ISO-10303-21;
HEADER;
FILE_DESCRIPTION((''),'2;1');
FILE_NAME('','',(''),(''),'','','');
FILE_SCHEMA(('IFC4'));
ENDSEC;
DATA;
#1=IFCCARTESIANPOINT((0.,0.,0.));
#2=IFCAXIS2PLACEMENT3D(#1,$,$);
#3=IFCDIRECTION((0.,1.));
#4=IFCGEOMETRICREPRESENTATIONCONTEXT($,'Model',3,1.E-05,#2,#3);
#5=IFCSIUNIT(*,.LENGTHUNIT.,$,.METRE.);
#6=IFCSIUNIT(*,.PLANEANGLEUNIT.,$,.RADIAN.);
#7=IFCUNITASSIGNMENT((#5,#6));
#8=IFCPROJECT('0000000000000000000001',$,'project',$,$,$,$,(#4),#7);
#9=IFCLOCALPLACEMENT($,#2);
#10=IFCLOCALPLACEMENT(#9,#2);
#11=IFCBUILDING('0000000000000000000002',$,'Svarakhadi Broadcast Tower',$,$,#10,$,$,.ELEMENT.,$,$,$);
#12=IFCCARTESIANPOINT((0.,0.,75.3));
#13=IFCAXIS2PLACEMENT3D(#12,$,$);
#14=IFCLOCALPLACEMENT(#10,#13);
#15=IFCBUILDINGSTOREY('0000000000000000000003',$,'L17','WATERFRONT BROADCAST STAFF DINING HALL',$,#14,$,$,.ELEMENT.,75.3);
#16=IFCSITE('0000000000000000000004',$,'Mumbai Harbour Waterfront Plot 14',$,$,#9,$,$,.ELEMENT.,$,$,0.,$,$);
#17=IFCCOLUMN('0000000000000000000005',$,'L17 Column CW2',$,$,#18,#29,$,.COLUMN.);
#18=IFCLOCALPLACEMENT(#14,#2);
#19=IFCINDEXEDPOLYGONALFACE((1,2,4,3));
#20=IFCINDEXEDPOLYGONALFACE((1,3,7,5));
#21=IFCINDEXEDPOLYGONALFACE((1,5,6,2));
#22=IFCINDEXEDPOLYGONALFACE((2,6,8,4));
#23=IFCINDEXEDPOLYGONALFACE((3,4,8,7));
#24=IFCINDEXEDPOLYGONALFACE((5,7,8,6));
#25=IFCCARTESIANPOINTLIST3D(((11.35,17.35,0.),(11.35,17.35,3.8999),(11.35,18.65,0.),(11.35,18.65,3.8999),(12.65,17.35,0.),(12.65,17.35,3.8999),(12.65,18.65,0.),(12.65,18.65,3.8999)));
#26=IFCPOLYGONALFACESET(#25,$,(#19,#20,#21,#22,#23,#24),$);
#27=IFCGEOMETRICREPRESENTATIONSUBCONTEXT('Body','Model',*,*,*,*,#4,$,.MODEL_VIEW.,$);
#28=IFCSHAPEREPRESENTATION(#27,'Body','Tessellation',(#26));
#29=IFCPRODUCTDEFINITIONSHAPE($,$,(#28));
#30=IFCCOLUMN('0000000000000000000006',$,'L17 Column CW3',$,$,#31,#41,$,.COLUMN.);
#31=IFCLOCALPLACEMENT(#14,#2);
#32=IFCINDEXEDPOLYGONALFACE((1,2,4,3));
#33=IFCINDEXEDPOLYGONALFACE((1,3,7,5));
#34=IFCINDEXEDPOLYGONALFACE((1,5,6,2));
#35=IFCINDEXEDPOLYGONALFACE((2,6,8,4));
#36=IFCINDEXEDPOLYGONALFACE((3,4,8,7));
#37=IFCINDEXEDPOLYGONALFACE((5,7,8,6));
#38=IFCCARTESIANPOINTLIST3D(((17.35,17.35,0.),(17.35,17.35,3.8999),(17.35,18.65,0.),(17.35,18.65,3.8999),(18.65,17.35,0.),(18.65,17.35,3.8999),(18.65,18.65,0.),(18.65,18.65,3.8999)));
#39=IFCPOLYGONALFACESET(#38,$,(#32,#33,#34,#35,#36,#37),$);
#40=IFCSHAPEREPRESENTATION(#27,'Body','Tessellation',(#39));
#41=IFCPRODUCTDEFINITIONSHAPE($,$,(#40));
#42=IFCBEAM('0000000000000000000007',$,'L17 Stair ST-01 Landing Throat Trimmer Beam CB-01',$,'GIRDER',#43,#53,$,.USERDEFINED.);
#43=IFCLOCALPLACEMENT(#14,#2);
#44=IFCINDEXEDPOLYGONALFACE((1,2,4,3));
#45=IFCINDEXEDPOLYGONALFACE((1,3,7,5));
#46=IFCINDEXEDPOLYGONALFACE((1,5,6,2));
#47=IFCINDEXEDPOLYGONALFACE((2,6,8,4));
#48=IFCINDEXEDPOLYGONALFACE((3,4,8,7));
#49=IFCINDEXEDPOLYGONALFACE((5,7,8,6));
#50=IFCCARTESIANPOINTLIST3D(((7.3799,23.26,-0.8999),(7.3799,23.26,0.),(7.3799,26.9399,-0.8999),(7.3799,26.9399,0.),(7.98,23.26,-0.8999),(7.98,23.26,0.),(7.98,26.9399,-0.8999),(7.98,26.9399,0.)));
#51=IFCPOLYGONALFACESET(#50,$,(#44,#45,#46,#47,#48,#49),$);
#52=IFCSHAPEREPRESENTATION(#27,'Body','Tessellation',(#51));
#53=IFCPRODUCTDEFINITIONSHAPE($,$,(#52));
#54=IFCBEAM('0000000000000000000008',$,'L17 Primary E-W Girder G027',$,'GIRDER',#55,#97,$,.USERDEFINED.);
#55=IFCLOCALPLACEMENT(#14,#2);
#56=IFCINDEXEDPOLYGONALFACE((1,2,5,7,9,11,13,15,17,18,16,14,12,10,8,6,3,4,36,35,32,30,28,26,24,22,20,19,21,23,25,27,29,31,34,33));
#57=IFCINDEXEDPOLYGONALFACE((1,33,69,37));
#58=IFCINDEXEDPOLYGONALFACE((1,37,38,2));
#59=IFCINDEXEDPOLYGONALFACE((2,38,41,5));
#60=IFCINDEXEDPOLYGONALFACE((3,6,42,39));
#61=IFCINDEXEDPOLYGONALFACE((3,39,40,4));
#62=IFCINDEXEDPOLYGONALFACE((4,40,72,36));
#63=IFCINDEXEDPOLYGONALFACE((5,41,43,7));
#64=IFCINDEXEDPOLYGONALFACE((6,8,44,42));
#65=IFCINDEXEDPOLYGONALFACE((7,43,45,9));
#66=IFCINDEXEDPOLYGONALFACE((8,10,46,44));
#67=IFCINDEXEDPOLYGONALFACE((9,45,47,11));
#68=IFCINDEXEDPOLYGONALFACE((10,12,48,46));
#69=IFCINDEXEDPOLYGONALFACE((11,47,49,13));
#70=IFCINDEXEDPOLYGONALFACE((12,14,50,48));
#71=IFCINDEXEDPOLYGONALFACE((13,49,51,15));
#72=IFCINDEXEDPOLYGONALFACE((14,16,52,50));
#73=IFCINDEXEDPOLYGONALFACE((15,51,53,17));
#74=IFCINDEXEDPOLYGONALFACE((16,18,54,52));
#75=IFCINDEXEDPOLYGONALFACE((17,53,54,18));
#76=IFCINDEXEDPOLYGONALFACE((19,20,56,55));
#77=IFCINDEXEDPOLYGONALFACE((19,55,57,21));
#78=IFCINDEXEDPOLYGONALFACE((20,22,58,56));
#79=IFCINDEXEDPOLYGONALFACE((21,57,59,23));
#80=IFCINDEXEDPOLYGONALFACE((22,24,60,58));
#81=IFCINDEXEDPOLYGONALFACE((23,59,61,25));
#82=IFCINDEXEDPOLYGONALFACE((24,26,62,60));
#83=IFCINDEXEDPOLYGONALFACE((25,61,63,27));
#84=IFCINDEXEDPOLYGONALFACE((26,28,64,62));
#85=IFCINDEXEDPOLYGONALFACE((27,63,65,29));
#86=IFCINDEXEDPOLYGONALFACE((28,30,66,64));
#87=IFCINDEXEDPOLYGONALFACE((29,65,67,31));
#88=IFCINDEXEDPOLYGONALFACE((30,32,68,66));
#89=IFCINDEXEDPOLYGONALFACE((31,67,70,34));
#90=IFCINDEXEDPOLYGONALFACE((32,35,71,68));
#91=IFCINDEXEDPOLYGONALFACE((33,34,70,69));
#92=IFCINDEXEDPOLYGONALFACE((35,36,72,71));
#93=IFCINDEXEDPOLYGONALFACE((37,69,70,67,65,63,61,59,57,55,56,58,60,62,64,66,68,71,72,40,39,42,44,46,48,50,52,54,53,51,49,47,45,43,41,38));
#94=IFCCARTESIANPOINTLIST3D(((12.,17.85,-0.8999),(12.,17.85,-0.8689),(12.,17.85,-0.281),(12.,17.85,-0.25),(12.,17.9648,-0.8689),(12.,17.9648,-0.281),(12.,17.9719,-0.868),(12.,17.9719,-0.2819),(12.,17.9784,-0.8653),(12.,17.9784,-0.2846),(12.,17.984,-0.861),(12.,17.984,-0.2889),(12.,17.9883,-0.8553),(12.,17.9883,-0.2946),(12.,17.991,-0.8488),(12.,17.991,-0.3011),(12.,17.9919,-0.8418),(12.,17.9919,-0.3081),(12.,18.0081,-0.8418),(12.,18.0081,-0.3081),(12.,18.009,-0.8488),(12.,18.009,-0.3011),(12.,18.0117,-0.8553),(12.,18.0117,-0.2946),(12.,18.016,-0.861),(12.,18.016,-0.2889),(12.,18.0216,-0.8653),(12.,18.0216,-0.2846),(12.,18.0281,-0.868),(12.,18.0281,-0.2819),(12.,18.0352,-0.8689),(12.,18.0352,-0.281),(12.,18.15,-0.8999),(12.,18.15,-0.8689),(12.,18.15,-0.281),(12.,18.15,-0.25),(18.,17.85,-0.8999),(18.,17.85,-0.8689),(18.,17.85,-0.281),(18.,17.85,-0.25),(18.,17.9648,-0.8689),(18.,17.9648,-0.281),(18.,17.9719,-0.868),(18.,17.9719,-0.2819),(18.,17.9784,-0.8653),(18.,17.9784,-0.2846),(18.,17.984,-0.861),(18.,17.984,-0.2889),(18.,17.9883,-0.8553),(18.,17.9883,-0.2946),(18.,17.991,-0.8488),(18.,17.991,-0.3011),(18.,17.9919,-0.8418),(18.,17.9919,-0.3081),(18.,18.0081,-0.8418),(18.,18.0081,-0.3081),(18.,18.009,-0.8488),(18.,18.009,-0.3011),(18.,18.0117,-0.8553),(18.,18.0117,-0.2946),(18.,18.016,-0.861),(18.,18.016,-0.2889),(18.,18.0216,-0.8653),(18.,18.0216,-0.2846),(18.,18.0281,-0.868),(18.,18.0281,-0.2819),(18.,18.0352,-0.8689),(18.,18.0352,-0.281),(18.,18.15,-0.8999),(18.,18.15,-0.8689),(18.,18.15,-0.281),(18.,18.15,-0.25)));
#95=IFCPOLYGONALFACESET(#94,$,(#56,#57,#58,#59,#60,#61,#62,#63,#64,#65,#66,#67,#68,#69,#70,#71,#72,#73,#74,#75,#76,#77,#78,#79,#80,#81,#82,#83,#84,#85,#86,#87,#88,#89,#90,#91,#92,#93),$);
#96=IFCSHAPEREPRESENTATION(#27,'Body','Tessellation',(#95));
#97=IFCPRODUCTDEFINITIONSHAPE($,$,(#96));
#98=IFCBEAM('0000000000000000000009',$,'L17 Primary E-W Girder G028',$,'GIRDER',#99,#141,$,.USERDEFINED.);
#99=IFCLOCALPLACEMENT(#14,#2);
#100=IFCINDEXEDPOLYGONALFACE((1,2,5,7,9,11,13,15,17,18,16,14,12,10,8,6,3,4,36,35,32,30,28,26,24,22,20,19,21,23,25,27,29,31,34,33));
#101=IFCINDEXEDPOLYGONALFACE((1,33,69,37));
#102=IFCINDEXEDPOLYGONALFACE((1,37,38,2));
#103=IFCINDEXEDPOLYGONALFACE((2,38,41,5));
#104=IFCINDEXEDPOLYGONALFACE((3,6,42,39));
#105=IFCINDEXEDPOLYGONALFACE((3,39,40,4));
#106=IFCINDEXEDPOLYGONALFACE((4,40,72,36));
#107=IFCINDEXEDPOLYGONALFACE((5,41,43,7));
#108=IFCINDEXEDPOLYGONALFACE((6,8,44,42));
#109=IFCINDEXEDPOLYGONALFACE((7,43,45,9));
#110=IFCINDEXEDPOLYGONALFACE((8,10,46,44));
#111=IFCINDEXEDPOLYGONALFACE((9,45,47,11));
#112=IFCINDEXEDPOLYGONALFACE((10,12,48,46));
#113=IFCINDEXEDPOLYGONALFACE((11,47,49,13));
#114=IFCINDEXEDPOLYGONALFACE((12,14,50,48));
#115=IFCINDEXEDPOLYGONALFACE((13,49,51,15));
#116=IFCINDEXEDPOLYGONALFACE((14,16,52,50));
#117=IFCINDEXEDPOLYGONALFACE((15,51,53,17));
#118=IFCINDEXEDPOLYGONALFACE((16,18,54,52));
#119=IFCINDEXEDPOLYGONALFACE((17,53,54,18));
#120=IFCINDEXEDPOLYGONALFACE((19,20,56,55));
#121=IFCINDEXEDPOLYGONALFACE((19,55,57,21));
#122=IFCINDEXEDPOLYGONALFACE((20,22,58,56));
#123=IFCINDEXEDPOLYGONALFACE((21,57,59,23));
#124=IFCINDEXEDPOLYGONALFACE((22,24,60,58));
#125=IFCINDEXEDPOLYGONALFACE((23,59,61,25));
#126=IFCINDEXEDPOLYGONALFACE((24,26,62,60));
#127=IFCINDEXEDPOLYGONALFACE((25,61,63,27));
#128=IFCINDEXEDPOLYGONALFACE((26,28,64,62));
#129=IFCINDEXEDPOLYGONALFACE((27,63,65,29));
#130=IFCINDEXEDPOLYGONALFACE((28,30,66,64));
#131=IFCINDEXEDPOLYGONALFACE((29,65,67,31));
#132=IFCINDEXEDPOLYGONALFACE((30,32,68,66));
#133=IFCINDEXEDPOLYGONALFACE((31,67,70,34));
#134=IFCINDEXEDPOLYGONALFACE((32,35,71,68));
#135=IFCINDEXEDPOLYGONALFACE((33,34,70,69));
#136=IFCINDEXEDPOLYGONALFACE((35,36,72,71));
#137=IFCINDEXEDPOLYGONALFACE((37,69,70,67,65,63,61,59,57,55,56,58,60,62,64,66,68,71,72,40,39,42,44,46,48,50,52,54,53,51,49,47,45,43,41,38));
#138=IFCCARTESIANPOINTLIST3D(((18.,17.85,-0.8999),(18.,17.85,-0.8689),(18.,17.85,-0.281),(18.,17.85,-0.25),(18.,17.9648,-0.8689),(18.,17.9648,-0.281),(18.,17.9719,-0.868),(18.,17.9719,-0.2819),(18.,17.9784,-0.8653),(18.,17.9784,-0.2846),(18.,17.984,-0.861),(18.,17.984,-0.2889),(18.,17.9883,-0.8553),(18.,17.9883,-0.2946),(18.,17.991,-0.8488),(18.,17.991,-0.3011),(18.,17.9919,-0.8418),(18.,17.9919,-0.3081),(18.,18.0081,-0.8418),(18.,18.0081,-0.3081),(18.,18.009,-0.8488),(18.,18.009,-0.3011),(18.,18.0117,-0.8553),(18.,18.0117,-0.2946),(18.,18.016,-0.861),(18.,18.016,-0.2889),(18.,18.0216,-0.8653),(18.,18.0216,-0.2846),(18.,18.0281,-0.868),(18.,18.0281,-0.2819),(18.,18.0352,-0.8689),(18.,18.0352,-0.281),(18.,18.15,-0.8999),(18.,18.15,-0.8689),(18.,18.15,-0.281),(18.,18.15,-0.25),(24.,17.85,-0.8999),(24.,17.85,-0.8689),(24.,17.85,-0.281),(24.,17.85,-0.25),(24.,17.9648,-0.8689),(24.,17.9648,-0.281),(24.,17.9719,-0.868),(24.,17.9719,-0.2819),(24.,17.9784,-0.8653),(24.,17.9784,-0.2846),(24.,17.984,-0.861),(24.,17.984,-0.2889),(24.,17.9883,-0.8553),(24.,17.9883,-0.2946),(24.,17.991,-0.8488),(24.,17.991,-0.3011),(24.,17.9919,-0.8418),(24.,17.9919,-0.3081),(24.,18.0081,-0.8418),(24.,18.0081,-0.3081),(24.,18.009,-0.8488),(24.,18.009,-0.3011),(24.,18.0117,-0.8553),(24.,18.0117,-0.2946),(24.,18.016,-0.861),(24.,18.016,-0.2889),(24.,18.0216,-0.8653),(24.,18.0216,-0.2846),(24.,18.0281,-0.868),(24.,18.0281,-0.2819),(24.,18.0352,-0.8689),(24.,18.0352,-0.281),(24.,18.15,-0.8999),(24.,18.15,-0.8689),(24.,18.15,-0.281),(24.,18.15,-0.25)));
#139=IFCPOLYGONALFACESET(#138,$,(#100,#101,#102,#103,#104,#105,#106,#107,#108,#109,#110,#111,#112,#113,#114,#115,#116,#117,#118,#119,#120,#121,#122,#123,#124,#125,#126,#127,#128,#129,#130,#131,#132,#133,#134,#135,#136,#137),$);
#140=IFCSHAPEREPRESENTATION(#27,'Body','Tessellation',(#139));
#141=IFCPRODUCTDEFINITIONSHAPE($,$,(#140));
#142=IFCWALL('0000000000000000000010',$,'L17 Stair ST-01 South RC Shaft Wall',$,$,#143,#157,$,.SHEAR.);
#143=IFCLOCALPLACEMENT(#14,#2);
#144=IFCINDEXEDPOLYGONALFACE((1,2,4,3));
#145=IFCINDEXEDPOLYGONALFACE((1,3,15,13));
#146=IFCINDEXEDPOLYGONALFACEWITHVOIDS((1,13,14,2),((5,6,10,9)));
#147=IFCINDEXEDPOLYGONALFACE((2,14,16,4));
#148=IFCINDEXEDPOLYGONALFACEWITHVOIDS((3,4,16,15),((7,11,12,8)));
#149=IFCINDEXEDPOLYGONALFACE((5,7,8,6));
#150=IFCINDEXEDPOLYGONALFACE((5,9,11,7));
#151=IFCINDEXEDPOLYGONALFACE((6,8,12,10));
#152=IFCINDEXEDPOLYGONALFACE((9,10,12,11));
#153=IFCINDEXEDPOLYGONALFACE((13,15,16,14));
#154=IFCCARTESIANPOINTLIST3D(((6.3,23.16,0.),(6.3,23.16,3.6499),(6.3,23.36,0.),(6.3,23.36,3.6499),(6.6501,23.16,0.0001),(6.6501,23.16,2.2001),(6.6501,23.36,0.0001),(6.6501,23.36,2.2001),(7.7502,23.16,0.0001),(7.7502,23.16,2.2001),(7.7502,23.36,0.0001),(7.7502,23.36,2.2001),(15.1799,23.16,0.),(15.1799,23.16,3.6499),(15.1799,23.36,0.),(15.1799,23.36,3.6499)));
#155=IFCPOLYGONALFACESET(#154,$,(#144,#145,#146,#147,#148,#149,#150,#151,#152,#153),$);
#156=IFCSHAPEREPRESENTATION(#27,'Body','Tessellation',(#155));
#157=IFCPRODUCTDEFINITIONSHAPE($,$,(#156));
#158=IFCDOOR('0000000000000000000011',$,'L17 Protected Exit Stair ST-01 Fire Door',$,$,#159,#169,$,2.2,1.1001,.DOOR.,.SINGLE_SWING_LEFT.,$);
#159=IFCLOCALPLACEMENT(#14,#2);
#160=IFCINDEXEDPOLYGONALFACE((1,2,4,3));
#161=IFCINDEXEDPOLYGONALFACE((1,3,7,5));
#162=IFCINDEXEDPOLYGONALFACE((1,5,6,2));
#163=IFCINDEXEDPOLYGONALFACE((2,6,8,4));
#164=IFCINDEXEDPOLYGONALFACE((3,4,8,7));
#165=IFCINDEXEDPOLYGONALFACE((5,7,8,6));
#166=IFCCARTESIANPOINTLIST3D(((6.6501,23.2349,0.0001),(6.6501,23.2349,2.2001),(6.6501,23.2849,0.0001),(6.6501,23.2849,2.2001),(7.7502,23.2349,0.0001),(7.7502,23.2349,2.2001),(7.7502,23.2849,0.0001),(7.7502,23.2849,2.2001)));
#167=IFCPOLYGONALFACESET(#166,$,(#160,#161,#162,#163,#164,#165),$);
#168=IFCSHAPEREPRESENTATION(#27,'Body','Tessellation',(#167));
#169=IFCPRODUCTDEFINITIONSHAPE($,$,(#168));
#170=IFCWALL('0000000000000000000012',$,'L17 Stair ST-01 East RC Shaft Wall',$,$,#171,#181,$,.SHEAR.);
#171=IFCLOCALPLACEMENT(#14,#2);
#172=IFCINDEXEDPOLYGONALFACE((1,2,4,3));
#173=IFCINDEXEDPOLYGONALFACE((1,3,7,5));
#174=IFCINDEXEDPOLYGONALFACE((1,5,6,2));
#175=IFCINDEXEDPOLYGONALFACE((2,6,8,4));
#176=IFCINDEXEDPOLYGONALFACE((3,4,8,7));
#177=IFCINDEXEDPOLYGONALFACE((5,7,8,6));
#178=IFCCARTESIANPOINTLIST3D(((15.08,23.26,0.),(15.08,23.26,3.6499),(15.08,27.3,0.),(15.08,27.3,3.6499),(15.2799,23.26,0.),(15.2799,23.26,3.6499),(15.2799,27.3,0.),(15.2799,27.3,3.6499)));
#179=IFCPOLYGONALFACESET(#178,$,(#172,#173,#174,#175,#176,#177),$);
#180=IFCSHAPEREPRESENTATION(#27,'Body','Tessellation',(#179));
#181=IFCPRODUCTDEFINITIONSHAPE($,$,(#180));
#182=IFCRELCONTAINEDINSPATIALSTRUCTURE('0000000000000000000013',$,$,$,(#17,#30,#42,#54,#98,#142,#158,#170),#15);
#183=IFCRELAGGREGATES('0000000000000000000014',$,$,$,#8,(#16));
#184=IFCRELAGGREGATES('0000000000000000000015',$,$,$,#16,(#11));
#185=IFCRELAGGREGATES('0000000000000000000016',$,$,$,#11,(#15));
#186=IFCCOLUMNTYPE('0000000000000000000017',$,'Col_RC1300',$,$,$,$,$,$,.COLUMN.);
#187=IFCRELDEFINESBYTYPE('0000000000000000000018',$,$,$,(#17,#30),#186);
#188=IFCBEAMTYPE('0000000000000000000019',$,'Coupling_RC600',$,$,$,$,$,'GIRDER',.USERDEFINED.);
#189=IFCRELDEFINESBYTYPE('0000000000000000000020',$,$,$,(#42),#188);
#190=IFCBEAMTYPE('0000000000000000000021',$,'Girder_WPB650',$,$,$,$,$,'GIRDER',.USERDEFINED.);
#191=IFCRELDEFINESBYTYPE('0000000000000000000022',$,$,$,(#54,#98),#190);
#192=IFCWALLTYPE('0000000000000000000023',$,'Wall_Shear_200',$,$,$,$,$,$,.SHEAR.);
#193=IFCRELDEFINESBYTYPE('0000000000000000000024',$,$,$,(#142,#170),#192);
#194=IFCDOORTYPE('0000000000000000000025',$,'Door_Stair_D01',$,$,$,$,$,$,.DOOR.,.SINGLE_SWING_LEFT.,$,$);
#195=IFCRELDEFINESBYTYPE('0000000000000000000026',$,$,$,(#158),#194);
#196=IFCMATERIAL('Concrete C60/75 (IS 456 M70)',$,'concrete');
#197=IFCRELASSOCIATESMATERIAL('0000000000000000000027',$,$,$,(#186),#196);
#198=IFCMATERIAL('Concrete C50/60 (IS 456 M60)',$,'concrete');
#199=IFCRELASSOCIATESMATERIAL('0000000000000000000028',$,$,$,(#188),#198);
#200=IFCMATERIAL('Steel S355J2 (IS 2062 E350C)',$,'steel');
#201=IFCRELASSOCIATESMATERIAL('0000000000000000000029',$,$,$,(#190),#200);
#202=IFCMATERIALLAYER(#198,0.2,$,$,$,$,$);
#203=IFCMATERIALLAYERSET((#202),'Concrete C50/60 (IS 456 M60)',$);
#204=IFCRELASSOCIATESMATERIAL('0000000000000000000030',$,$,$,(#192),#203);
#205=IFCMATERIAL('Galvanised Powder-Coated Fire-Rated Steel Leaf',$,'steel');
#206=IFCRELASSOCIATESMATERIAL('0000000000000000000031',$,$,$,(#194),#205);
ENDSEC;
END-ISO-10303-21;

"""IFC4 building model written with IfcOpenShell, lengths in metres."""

from ifc_helpers import new_model, si_unit, direction, frame, frame_2d, origin, origin_2d, place, context, subcontext, project, spatial, rectangle, i_section, extrude, material, layer, layer_set, material_profile, profile_set, type_object, element, fill, save


model = new_model("IFC4")

# Units and contexts
model_context = context("Model", 3, precision=1e-05, world=origin(), true_north=direction((0.0, 1.0)))
body_context = subcontext(model_context, "Body", "Model", "MODEL_VIEW")
ifc_project = project(units=[si_unit("LENGTHUNIT", "METRE"), si_unit("PLANEANGLEUNIT", "RADIAN")], contexts=[model_context])

# Site, building, storey
site_placement = place(None, origin())
site = spatial("IfcSite", under=ifc_project, at=site_placement, Name="Mumbai Harbour Waterfront Plot 14", CompositionType="ELEMENT", RefElevation=0.0)
building_placement = place(site_placement, origin())
building = spatial("IfcBuilding", under=site, at=building_placement, Name="Svarakhadi Broadcast Tower", CompositionType="ELEMENT")
storey_placement = place(building_placement, frame((0.0, 0.0, 75.3)))
storey = spatial("IfcBuildingStorey", under=building, at=storey_placement, Name="L17", Description="WATERFRONT BROADCAST STAFF DINING HALL", CompositionType="ELEMENT", Elevation=75.3)

# Columns
ifc_material_1 = material(Name="Concrete C60/75 (IS 456 M70)", Category="concrete")
ifc_material_profile_1 = material_profile(ifc_material_1, rectangle(XDim=1.3, YDim=1.3, at=origin_2d()), Name="RC 1300x1300")
ifc_profile_set_1 = profile_set([ifc_material_profile_1], Name="Concrete C60/75 (IS 456 M70)")
column_type = type_object("IfcColumnType", Name="Col_RC1300", PredefinedType="COLUMN", material=ifc_profile_set_1)
for number, where, z_axis, x_axis, name in (
    (1, (12.0, 18.0, 0.0), (0.0, 0.0, 1.0), (1.0, 0.0, 0.0), "L17 Column CW2"),
    (2, (18.0, 18.0, 0.0), (0.0, 0.0, 1.0), (1.0, 0.0, 0.0), "L17 Column CW3"),
):
    element("IfcColumn", number, at=place(storey_placement, frame(where, z_axis=z_axis, x_axis=x_axis)), inside=storey, type_object=column_type, Name=name, PredefinedType="COLUMN", context=body_context, shape_type="SweptSolid", body=[
        extrude(rectangle(XDim=1.3, YDim=1.3, at=origin_2d()), origin(), (0.0, 0.0, 1.0), 3.8999),
    ])

# Beams
ifc_material_2 = material(Name="Concrete C50/60 (IS 456 M60)", Category="concrete")
ifc_material_profile_2 = material_profile(ifc_material_2, rectangle(XDim=0.6001, YDim=0.8999, at=origin_2d()), Name="RC 600x900")
ifc_profile_set_2 = profile_set([ifc_material_profile_2], Name="Concrete C50/60 (IS 456 M60)")
beam_type_1 = type_object("IfcBeamType", Name="Coupling_RC600", ElementType="GIRDER", PredefinedType="USERDEFINED", material=ifc_profile_set_2)
beam_placement = place(storey_placement, frame((7.6799, 23.26, -0.45), z_axis=(0.0, 1.0, 0.0), x_axis=(-1.0, 0.0, 0.0)))
element("IfcBeam", 3, at=beam_placement, inside=storey, type_object=beam_type_1, Name="L17 Stair ST-01 Landing Throat Trimmer Beam CB-01", ObjectType="GIRDER", PredefinedType="USERDEFINED", context=body_context, shape_type="SweptSolid", body=[
    extrude(rectangle(XDim=0.6001, YDim=0.8999, at=origin_2d()), origin(), (0.0, 0.0, 1.0), 3.6799),
])
ifc_material_3 = material(Name="Steel S355J2 (IS 2062 E350C)", Category="steel")
ifc_material_profile_3 = material_profile(ifc_material_3, i_section(OverallWidth=0.3, OverallDepth=0.6499, WebThickness=0.0161, FlangeThickness=0.031, FilletRadius=0.0271, at=origin_2d()), Name="WPB 650x300x225")
ifc_profile_set_3 = profile_set([ifc_material_profile_3], Name="Steel S355J2 (IS 2062 E350C)")
beam_type_2 = type_object("IfcBeamType", Name="Girder_WPB650", ElementType="GIRDER", PredefinedType="USERDEFINED", material=ifc_profile_set_3)
for number, where, z_axis, x_axis, name in (
    (4, (12.0, 18.0, -0.575), (1.0, 0.0, 0.0), (0.0, 1.0, 0.0), "L17 Primary E-W Girder G027"),
    (5, (18.0, 18.0, -0.575), (1.0, 0.0, 0.0), (0.0, 1.0, 0.0), "L17 Primary E-W Girder G028"),
):
    element("IfcBeam", number, at=place(storey_placement, frame(where, z_axis=z_axis, x_axis=x_axis)), inside=storey, type_object=beam_type_2, Name=name, ObjectType="GIRDER", PredefinedType="USERDEFINED", context=body_context, shape_type="SweptSolid", body=[
        extrude(i_section(OverallWidth=0.3, OverallDepth=0.6499, WebThickness=0.0161, FlangeThickness=0.031, FilletRadius=0.0271, at=origin_2d()), origin(), (0.0, 0.0, 1.0), 6.0),
    ])

# Wall, opening, door
ifc_layer_1 = layer(ifc_material_2, 0.2)
ifc_layer_set_1 = layer_set([ifc_layer_1], Name="Concrete C50/60 (IS 456 M60)")
wall_type_1 = type_object("IfcWallType", Name="Wall_Shear_200", PredefinedType="SHEAR", material=ifc_layer_set_1)
wall_1_placement = place(storey_placement, frame((6.3, 23.26, 0.0), z_axis=(0.0, 0.0, 1.0), x_axis=(1.0, 0.0, 0.0)))
wall_1 = element("IfcWall", 6, at=wall_1_placement, inside=storey, type_object=wall_type_1, Name="L17 Stair ST-01 South RC Shaft Wall", PredefinedType="SHEAR", context=body_context, shape_type="SweptSolid", body=[
    extrude(rectangle(XDim=8.8799, YDim=0.2, at=frame_2d((4.4399, 0.0))), origin(), (0.0, 0.0, 1.0), 3.6499),
])
opening_1_placement = place(wall_1_placement, frame((0.3501, 0.0, 0.0)))
opening_1 = element("IfcOpeningElement", 7, at=opening_1_placement, cuts=wall_1, PredefinedType="OPENING", context=body_context, shape_type="SweptSolid", body=[
    extrude(rectangle(XDim=1.1001, YDim=2.2, at=frame_2d((0.55, 1.1001))), frame((0.0, 0.1099, 0.0), z_axis=(0.0, -1.0, 0.0), x_axis=(1.0, 0.0, 0.0)), (0.0, 0.0, 1.0), 0.22),
])
ifc_material_4 = material(Name="Galvanised Powder-Coated Fire-Rated Steel Leaf", Category="steel")
door_type_1 = type_object("IfcDoorType", Name="Door_Stair_D01", OperationType="SINGLE_SWING_LEFT", PredefinedType="DOOR", material=ifc_material_4)
door_1_placement = place(opening_1_placement, origin())
door_1 = element("IfcDoor", 8, at=door_1_placement, inside=storey, type_object=door_type_1, Name="L17 Protected Exit Stair ST-01 Fire Door", OperationType="SINGLE_SWING_LEFT", OverallHeight=2.2, OverallWidth=1.1001, PredefinedType="DOOR", context=body_context, shape_type="SweptSolid", body=[
    extrude(rectangle(XDim=1.1001, YDim=2.2, at=frame_2d((0.55, 1.1001))), frame((0.0, 0.0249, 0.0), z_axis=(0.0, -1.0, 0.0), x_axis=(1.0, 0.0, 0.0)), (0.0, 0.0, 1.0), 0.05),
])
fill(opening_1, door_1)

# Wall
wall_2_placement = place(storey_placement, frame((15.1799, 23.26, 0.0), z_axis=(0.0, 0.0, 1.0), x_axis=(0.0, 1.0, 0.0)))
element("IfcWall", 9, at=wall_2_placement, inside=storey, type_object=wall_type_1, Name="L17 Stair ST-01 East RC Shaft Wall", PredefinedType="SHEAR", context=body_context, shape_type="SweptSolid", body=[
    extrude(rectangle(XDim=4.04, YDim=0.2, at=frame_2d((2.02, 0.0))), origin(), (0.0, 0.0, 1.0), 3.6499),
])

save(model, "model.ifc")
